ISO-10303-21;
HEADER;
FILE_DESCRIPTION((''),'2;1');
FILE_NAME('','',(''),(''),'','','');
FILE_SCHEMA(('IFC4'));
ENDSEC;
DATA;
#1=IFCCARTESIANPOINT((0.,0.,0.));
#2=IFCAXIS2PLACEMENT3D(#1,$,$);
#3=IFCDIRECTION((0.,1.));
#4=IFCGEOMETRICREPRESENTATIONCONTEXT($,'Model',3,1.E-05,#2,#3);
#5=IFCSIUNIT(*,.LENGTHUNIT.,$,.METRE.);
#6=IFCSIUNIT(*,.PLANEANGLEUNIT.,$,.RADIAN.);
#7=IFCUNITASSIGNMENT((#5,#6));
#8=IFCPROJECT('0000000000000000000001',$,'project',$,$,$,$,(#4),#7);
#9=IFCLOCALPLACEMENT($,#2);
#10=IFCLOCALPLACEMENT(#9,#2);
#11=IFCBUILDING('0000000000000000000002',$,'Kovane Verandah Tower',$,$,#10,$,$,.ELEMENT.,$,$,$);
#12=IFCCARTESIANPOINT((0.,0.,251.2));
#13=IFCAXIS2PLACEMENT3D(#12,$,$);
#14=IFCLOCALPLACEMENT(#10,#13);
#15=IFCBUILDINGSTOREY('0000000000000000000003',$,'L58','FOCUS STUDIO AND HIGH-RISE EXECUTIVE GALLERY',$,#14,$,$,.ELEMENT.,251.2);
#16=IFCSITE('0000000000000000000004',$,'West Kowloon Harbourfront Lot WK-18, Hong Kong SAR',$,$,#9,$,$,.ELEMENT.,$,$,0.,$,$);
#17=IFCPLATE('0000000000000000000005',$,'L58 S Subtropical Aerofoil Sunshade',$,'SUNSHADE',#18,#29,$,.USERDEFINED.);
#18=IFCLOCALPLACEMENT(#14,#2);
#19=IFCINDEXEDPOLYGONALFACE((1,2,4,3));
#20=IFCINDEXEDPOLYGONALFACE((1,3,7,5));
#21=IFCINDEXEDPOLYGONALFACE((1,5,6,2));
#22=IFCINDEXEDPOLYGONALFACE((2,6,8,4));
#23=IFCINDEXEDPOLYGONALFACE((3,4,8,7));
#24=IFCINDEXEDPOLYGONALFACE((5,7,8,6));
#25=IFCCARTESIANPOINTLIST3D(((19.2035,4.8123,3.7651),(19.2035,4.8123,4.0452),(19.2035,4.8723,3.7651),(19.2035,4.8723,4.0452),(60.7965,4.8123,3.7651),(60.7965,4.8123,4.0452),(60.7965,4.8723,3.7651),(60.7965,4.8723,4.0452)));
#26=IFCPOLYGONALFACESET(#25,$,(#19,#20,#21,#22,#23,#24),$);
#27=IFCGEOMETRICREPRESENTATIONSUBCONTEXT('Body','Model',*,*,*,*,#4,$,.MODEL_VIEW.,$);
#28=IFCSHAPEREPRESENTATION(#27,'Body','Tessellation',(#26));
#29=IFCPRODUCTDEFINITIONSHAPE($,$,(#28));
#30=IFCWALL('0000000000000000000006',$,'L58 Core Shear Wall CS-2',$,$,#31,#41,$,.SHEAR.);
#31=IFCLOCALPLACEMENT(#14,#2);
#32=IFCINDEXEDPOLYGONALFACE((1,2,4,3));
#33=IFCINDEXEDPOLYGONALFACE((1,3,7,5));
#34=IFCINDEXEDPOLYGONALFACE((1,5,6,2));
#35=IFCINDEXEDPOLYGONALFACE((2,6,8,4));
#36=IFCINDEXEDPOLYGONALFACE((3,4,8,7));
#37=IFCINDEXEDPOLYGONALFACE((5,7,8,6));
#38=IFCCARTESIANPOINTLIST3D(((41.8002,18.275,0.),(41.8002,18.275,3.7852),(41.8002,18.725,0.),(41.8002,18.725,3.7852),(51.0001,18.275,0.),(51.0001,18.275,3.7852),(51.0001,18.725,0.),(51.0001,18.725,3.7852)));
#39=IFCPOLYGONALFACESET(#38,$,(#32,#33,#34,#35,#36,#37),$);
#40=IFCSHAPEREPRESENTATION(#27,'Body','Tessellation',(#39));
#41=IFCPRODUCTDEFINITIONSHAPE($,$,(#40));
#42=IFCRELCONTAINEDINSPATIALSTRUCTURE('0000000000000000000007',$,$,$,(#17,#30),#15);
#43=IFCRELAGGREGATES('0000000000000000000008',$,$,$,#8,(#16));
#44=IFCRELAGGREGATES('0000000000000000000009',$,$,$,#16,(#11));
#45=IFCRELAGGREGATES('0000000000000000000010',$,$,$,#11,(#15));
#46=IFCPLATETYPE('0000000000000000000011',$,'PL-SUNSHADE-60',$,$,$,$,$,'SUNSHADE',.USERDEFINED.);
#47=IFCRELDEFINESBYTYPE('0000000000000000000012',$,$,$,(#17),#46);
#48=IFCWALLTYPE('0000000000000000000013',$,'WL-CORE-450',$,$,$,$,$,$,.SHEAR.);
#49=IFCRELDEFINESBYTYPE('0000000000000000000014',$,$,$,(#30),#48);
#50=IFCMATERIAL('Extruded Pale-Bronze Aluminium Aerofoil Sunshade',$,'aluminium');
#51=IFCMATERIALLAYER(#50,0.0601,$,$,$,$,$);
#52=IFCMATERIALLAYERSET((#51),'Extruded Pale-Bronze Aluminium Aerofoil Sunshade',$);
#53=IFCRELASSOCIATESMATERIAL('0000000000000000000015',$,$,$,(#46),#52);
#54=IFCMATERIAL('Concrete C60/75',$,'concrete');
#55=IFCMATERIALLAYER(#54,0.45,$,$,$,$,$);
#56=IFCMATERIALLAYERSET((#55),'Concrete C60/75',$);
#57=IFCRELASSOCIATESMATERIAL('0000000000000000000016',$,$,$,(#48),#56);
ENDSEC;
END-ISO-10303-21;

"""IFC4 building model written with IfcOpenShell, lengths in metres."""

from ifc_helpers import new_model, si_unit, direction, frame, frame_2d, origin, origin_2d, place, context, subcontext, project, spatial, rectangle, extrude, material, layer, layer_set, type_object, element, save


model = new_model("IFC4")

# Units and contexts
model_context = context("Model", 3, precision=1e-05, world=origin(), true_north=direction((0.0, 1.0)))
body_context = subcontext(model_context, "Body", "Model", "MODEL_VIEW")
ifc_project = project(units=[si_unit("LENGTHUNIT", "METRE"), si_unit("PLANEANGLEUNIT", "RADIAN")], contexts=[model_context])

# Site, building, storey
site_placement = place(None, origin())
site = spatial("IfcSite", under=ifc_project, at=site_placement, Name="West Kowloon Harbourfront Lot WK-18, Hong Kong SAR", CompositionType="ELEMENT", RefElevation=0.0)
building_placement = place(site_placement, origin())
building = spatial("IfcBuilding", under=site, at=building_placement, Name="Kovane Verandah Tower", CompositionType="ELEMENT")
storey_placement = place(building_placement, frame((0.0, 0.0, 251.2)))
storey = spatial("IfcBuildingStorey", under=building, at=storey_placement, Name="L58", Description="FOCUS STUDIO AND HIGH-RISE EXECUTIVE GALLERY", CompositionType="ELEMENT", Elevation=251.2)

# Shared definitions
ifc_material_1 = material(Name="Concrete C60/75", Category="concrete")

# Plate
ifc_material_2 = material(Name="Extruded Pale-Bronze Aluminium Aerofoil Sunshade", Category="aluminium")
ifc_layer_1 = layer(ifc_material_2, 0.0601)
ifc_layer_set_1 = layer_set([ifc_layer_1], Name="Extruded Pale-Bronze Aluminium Aerofoil Sunshade")
plate_type_1 = type_object("IfcPlateType", Name="PL-SUNSHADE-60", ElementType="SUNSHADE", PredefinedType="USERDEFINED", material=ifc_layer_set_1)
plate_1_placement = place(storey_placement, frame((40.0, 4.8423, 3.7651), z_axis=(0.0, 0.0, 1.0), x_axis=(1.0, 0.0, 0.0)))
element("IfcPlate", 1, at=plate_1_placement, inside=storey, type_object=plate_type_1, Name="L58 S Subtropical Aerofoil Sunshade", ObjectType="SUNSHADE", PredefinedType="USERDEFINED", context=body_context, shape_type="SweptSolid", body=[
    extrude(rectangle(XDim=41.593, YDim=0.0601, at=origin_2d()), origin(), (0.0, 0.0, 1.0), 0.28),
])

# Wall
ifc_layer_2 = layer(ifc_material_1, 0.45)
ifc_layer_set_2 = layer_set([ifc_layer_2], Name="Concrete C60/75")
wall_type = type_object("IfcWallType", Name="WL-CORE-450", PredefinedType="SHEAR", material=ifc_layer_set_2)
wall_placement = place(storey_placement, frame((41.8, 18.5, 0.0), z_axis=(0.0, 0.0, 1.0), x_axis=(1.0, 0.0, 0.0)))
element("IfcWall", 2, at=wall_placement, inside=storey, type_object=wall_type, Name="L58 Core Shear Wall CS-2", PredefinedType="SHEAR", context=body_context, shape_type="SweptSolid", body=[
    extrude(rectangle(XDim=9.2, YDim=0.45, at=frame_2d((4.6001, 0.0))), origin(), (0.0, 0.0, 1.0), 3.7852),
])

save(model, "model.ifc")
